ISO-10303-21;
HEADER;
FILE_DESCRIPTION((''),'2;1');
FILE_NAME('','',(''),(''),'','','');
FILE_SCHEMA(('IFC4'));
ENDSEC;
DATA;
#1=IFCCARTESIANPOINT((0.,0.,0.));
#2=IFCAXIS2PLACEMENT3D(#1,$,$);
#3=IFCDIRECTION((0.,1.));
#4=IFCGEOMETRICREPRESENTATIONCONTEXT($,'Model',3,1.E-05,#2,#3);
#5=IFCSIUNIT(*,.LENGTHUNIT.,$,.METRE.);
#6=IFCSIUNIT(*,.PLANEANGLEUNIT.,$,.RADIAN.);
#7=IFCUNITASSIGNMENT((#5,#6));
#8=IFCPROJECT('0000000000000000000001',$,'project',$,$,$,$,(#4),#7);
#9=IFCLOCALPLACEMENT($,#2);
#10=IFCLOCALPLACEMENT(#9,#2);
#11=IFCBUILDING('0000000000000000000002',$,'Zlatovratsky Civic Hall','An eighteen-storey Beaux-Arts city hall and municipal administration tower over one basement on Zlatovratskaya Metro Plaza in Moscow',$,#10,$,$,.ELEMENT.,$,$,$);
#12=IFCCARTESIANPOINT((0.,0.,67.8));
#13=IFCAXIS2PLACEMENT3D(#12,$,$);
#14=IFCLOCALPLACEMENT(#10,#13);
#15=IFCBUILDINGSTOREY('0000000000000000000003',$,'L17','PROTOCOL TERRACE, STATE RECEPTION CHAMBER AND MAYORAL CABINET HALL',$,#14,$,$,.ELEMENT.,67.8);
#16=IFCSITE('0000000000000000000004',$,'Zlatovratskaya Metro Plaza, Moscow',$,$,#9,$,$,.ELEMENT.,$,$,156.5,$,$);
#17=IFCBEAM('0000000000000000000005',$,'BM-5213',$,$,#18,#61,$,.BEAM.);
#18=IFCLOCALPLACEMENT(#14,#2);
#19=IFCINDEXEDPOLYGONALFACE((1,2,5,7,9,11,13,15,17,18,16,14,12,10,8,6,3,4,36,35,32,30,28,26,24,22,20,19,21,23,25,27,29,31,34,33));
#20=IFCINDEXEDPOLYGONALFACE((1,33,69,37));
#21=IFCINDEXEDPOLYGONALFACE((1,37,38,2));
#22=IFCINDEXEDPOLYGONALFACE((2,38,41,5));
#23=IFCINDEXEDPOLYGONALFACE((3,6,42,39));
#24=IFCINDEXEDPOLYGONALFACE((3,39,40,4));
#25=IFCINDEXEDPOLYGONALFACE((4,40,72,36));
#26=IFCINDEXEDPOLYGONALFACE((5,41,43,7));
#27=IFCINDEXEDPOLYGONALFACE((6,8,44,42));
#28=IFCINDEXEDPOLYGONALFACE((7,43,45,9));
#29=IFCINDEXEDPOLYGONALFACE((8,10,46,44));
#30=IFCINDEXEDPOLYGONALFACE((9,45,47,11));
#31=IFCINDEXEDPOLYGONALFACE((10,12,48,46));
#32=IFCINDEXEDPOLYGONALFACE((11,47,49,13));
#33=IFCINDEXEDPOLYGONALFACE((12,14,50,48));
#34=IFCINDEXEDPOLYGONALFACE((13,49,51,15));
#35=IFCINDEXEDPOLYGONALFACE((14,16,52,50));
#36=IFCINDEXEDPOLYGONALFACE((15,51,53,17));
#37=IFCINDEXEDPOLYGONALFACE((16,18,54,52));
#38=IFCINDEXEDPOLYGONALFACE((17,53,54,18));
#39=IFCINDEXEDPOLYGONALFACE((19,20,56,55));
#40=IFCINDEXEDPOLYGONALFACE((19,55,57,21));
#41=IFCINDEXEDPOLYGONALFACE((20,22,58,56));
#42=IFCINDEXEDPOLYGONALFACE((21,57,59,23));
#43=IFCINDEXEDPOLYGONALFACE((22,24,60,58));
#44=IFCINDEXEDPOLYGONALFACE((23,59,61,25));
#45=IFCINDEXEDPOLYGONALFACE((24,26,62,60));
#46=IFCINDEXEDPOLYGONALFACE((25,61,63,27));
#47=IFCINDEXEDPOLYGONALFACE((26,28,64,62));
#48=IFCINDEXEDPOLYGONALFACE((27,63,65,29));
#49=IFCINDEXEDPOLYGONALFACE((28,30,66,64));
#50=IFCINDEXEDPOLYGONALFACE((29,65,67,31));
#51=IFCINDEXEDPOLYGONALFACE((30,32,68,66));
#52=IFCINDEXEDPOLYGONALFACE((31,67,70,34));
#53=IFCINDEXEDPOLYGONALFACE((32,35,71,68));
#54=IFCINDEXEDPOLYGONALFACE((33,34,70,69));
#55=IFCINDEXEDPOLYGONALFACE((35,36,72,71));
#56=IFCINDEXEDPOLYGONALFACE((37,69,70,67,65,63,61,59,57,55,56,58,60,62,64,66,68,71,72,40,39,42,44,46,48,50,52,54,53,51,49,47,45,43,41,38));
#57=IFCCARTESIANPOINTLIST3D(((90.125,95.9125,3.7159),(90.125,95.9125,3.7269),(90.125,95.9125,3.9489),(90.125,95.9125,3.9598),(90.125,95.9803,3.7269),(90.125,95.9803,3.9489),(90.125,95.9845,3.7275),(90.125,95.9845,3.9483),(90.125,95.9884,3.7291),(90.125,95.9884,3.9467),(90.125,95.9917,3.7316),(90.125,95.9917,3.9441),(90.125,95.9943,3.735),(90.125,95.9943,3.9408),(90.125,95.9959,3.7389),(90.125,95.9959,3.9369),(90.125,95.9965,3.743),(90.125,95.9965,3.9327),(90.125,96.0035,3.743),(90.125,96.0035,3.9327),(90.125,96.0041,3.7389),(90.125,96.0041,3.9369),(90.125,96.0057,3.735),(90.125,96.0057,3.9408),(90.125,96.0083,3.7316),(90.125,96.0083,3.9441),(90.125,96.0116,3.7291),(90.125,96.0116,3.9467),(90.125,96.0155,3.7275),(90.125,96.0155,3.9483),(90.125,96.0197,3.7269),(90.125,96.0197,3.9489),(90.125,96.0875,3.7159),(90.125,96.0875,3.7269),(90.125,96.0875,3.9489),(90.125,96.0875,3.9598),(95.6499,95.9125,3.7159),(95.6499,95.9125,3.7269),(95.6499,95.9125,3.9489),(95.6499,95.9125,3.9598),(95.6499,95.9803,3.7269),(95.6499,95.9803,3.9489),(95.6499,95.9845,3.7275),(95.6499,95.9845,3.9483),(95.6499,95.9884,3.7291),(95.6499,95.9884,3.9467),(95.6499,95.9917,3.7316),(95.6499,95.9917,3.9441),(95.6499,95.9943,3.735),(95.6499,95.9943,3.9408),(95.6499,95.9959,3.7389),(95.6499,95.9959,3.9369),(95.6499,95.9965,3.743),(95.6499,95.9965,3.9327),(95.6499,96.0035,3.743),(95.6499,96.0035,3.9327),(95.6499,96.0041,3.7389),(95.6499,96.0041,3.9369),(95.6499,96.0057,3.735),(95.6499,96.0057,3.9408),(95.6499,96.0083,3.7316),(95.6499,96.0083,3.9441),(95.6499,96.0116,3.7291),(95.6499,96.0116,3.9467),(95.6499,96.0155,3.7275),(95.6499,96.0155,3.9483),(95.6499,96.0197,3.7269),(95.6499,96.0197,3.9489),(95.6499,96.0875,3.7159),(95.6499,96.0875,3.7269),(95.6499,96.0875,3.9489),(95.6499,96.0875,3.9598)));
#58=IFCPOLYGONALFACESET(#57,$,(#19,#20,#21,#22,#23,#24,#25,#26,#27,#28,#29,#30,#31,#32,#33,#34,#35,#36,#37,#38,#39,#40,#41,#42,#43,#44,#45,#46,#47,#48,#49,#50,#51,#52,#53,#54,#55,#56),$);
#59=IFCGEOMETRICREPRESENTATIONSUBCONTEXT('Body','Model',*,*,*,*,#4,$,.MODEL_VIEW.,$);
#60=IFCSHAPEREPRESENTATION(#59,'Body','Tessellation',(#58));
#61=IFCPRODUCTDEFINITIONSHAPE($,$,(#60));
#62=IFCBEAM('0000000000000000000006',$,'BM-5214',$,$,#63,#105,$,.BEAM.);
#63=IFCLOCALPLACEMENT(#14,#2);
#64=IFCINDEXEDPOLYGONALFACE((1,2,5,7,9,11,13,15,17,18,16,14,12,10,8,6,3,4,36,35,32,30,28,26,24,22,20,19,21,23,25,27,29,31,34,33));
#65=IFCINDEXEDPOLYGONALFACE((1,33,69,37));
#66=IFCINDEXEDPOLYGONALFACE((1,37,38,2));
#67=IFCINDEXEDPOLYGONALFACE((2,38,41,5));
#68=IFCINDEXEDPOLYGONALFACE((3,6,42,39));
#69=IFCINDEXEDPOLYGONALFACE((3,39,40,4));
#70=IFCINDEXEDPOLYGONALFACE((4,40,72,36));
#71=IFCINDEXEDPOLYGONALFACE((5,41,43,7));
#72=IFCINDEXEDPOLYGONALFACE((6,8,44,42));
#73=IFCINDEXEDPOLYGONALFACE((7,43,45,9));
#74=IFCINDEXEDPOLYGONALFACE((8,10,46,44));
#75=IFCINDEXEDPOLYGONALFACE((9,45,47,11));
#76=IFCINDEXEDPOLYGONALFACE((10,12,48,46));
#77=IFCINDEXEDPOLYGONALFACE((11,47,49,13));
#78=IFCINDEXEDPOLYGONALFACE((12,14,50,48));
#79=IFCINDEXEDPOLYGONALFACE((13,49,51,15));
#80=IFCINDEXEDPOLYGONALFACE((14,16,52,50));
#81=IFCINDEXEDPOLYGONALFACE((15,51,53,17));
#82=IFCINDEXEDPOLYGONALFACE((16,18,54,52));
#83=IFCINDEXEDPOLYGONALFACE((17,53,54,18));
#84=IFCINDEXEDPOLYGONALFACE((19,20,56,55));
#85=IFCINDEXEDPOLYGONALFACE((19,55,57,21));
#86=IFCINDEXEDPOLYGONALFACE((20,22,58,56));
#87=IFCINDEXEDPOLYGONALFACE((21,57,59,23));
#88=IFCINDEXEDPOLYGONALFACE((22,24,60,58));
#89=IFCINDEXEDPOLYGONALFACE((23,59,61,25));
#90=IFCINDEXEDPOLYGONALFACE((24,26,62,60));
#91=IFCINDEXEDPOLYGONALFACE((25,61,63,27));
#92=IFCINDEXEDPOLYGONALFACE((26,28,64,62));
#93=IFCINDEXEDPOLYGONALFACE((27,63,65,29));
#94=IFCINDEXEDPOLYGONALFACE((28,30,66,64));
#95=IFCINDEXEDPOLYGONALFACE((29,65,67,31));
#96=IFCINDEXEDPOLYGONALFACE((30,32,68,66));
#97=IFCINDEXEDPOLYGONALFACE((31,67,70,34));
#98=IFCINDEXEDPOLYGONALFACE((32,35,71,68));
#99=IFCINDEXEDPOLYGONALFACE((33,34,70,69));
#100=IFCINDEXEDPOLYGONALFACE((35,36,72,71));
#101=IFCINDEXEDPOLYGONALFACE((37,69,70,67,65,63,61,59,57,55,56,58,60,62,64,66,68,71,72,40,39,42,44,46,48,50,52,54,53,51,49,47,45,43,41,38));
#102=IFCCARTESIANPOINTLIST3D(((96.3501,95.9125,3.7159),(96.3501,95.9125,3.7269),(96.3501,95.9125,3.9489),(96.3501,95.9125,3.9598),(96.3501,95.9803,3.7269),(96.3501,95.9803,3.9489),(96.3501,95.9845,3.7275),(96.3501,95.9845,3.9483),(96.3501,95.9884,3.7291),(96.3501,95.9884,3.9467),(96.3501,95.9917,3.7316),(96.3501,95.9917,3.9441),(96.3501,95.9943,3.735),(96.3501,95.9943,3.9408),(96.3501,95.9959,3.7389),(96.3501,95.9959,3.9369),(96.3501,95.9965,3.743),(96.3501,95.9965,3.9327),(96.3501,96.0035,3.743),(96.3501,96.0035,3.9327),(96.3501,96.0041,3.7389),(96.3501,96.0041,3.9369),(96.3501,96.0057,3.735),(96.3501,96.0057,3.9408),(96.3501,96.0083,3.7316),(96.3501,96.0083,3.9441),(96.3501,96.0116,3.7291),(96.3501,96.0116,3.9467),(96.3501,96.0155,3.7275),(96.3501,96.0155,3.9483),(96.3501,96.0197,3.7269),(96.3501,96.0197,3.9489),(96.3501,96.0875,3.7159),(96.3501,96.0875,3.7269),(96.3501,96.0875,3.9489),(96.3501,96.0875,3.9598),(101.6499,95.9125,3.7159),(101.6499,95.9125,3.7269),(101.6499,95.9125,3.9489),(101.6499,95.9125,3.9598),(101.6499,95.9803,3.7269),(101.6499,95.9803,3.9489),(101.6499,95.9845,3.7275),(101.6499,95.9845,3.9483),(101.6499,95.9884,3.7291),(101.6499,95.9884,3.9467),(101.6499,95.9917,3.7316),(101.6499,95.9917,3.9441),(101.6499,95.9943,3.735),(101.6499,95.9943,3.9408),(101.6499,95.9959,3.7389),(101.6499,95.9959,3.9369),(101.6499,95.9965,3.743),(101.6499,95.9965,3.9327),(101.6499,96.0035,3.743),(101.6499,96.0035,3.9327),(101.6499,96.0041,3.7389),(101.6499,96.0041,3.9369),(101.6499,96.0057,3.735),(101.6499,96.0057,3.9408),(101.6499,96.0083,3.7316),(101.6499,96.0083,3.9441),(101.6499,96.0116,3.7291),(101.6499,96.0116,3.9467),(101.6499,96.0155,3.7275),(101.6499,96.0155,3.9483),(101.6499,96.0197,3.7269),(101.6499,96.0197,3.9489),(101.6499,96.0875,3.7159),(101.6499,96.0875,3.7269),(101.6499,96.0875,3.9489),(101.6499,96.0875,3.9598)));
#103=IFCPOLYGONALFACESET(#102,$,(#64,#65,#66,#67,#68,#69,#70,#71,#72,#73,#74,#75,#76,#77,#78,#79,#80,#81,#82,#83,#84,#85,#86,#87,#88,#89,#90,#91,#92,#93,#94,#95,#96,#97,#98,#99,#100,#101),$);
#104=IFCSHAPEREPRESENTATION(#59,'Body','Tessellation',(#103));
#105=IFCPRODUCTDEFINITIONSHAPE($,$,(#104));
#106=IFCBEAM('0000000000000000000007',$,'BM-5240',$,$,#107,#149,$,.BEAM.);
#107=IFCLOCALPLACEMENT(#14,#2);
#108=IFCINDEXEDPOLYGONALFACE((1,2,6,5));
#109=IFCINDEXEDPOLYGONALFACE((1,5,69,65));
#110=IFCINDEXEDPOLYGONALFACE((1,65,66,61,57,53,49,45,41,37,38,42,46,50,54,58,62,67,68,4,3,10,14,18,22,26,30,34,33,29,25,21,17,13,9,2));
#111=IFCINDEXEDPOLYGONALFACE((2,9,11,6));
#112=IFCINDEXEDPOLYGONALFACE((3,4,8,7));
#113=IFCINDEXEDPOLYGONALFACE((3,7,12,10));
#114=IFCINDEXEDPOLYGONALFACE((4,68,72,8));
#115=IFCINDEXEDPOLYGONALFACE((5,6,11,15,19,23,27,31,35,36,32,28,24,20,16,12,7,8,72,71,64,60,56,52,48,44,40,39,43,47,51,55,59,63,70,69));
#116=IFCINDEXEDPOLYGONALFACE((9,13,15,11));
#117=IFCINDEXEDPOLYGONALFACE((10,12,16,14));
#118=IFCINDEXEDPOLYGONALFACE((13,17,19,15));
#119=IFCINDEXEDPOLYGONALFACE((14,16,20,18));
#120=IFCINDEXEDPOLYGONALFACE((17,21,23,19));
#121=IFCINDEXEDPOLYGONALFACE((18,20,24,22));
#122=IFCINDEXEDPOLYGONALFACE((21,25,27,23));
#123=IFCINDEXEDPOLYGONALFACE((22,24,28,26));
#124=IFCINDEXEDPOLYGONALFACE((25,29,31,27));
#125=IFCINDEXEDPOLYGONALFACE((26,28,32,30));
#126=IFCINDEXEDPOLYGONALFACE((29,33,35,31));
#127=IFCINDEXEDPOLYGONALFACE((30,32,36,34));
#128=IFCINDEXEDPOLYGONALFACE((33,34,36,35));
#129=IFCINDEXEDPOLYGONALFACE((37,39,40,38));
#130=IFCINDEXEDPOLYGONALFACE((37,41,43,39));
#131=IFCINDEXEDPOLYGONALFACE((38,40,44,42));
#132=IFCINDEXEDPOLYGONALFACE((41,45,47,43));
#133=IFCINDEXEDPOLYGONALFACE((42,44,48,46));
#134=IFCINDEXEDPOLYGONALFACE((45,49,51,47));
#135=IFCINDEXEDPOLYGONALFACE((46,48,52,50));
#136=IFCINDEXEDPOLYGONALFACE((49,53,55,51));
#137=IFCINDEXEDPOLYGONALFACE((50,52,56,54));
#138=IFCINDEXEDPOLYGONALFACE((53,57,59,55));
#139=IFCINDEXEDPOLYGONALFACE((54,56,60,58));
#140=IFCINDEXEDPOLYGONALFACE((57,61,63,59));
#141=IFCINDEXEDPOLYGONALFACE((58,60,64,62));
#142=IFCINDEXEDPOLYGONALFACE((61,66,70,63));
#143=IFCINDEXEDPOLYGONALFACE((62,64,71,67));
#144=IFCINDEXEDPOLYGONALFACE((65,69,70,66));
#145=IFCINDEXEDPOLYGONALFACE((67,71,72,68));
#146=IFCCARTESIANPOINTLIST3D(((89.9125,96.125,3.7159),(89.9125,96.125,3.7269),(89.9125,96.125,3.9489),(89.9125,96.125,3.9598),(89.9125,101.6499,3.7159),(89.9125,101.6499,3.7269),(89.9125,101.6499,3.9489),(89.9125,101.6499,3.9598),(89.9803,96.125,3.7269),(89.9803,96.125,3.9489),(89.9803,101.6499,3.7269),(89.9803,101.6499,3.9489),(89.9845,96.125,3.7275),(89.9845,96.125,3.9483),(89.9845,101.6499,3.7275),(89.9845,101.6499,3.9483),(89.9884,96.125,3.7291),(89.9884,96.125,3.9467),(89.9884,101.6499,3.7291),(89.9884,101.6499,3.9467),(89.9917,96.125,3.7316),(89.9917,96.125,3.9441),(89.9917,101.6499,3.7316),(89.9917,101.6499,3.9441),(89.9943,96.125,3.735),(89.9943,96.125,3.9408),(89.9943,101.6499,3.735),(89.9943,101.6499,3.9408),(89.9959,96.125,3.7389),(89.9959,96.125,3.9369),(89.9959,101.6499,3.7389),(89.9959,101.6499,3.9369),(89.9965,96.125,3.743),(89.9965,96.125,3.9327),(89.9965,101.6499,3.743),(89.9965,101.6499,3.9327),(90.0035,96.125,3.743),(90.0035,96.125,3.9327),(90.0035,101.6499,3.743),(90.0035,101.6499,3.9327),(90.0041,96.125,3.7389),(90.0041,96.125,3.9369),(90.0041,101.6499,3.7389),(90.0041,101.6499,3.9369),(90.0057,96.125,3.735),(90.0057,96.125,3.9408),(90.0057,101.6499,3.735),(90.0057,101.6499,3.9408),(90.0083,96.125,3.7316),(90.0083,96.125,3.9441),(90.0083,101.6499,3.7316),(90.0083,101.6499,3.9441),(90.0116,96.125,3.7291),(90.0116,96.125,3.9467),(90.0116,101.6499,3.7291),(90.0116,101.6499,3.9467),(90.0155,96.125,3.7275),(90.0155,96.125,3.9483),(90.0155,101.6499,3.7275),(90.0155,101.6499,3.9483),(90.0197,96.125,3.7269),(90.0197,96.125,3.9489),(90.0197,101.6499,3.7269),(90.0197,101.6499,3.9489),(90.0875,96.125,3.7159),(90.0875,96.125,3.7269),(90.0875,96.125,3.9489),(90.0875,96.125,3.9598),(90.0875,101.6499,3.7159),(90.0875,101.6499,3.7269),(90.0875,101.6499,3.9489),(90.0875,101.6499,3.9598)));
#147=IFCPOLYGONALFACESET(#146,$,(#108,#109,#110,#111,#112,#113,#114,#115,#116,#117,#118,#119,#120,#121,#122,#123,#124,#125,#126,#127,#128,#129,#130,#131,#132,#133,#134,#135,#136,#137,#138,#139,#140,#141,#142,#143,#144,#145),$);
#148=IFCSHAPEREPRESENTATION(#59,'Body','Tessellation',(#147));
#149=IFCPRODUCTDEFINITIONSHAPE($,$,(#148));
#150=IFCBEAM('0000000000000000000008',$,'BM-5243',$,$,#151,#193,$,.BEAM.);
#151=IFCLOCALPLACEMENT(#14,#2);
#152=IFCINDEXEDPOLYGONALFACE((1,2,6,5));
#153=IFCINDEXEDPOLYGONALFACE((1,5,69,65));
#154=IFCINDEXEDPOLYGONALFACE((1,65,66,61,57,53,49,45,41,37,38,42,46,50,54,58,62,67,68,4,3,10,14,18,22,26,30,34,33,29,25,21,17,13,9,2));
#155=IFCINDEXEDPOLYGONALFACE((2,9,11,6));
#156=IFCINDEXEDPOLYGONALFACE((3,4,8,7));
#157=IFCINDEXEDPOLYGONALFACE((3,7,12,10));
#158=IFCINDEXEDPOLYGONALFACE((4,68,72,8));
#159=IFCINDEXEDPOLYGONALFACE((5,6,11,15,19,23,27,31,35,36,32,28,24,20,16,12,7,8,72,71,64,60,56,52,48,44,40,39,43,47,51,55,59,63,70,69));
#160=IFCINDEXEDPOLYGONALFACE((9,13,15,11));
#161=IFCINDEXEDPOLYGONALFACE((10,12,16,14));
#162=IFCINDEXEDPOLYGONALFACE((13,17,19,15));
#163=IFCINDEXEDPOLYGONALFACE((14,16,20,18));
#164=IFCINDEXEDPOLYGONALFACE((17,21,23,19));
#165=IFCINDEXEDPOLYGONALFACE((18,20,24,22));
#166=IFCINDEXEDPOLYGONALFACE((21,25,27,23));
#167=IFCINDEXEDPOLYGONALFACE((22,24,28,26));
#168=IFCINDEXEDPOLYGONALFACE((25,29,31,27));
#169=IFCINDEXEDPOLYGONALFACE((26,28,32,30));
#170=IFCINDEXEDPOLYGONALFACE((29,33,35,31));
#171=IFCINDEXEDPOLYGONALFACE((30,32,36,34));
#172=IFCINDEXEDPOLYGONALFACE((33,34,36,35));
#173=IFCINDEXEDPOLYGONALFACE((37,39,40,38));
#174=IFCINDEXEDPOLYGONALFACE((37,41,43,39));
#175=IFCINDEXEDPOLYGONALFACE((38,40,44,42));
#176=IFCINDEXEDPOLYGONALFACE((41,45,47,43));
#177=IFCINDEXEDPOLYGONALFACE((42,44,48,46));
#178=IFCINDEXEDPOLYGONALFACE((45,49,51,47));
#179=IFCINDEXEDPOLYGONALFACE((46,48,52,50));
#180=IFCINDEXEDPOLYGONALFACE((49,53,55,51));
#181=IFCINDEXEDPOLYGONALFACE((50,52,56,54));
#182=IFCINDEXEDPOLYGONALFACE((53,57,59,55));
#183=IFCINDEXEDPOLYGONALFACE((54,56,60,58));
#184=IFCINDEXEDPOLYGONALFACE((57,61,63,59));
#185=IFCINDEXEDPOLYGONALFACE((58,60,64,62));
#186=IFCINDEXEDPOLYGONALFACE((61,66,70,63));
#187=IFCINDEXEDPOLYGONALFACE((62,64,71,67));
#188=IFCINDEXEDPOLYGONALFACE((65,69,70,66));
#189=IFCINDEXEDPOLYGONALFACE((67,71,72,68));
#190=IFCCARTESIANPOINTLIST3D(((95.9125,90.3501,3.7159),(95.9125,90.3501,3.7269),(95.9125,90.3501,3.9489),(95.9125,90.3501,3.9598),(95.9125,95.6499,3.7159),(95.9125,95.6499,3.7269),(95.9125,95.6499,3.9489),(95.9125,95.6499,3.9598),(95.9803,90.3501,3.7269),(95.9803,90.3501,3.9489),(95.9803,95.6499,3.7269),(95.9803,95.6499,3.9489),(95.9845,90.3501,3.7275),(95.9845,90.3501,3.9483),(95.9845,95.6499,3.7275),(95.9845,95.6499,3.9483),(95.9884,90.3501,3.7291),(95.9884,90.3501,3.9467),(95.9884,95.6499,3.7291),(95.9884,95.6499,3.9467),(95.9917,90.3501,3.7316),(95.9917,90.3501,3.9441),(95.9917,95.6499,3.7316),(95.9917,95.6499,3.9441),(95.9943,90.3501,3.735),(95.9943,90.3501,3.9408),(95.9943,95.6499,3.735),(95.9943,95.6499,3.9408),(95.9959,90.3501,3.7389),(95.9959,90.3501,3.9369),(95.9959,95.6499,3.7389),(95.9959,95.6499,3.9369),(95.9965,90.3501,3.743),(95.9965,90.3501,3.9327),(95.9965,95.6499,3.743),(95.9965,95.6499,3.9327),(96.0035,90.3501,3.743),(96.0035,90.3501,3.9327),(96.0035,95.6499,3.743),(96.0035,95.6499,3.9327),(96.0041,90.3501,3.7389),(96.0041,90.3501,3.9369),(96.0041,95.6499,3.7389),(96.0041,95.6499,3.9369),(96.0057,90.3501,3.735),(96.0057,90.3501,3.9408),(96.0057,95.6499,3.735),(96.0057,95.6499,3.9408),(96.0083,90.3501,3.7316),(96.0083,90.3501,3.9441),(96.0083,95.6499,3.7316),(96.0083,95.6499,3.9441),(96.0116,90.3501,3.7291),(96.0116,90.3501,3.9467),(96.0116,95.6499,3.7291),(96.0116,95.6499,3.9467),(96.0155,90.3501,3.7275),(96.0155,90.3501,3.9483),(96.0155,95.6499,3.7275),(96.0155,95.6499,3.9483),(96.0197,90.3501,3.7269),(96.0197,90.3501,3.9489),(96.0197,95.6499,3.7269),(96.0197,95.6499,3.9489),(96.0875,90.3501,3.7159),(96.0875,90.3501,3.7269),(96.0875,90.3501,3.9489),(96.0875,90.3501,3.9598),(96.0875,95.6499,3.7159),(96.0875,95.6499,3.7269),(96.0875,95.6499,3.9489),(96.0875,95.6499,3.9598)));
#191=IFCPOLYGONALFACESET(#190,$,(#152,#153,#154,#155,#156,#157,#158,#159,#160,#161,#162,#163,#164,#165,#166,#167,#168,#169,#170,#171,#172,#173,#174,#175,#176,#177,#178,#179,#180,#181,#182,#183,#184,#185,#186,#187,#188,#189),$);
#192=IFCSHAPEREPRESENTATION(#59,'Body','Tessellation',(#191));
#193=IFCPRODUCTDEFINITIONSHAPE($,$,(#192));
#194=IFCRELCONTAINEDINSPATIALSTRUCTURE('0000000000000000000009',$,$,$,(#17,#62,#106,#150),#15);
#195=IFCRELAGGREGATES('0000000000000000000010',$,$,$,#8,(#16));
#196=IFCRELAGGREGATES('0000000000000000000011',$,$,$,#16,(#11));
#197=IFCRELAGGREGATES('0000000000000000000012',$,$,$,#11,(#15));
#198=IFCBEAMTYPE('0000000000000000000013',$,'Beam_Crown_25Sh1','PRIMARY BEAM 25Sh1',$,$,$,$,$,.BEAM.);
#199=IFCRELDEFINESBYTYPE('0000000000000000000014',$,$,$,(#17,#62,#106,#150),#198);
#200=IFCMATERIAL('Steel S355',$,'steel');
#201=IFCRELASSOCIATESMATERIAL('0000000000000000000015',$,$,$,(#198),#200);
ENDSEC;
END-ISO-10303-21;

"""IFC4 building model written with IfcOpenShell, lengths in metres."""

from ifc_helpers import new_model, si_unit, direction, frame, origin, origin_2d, place, context, subcontext, project, spatial, i_section, extrude, material, material_profile, profile_set, type_object, element, save


model = new_model("IFC4")

# Units and contexts
model_context = context("Model", 3, precision=1e-05, world=origin(), true_north=direction((0.0, 1.0)))
body_context = subcontext(model_context, "Body", "Model", "MODEL_VIEW")
ifc_project = project(units=[si_unit("LENGTHUNIT", "METRE"), si_unit("PLANEANGLEUNIT", "RADIAN")], contexts=[model_context])

# Site, building, storey
site_placement = place(None, origin())
site = spatial("IfcSite", under=ifc_project, at=site_placement, Name="Zlatovratskaya Metro Plaza, Moscow", CompositionType="ELEMENT", RefElevation=156.5)
building_placement = place(site_placement, origin())
building = spatial("IfcBuilding", under=site, at=building_placement, Name="Zlatovratsky Civic Hall", Description="An eighteen-storey Beaux-Arts city hall and municipal administration tower over one basement on Zlatovratskaya Metro Plaza in Moscow", CompositionType="ELEMENT")
storey_placement = place(building_placement, frame((0.0, 0.0, 67.8)))
storey = spatial("IfcBuildingStorey", under=building, at=storey_placement, Name="L17", Description="PROTOCOL TERRACE, STATE RECEPTION CHAMBER AND MAYORAL CABINET HALL", CompositionType="ELEMENT", Elevation=67.8)

# Shared definitions
ifc_material_1 = material(Name="Steel S355", Category="steel")

# Beams
ifc_material_profile_1 = material_profile(ifc_material_1, i_section(OverallWidth=0.175, OverallDepth=0.2439, WebThickness=0.0071, FlangeThickness=0.011, FilletRadius=0.0161, at=origin_2d()), Name="25Sh1")
ifc_profile_set_1 = profile_set([ifc_material_profile_1], Name="Steel S355")
beam_type_1 = type_object("IfcBeamType", Name="Beam_Crown_25Sh1", Description="PRIMARY BEAM 25Sh1", PredefinedType="BEAM", material=ifc_profile_set_1)
beam_1_placement = place(storey_placement, frame((90.125, 96.0, 3.8379), z_axis=(1.0, 0.0, 0.0), x_axis=(0.0, 1.0, 0.0)))
element("IfcBeam", 1, at=beam_1_placement, inside=storey, type_object=beam_type_1, Name="BM-5213", PredefinedType="BEAM", context=body_context, shape_type="SweptSolid", body=[
    extrude(i_section(OverallWidth=0.175, OverallDepth=0.2439, WebThickness=0.0071, FlangeThickness=0.011, FilletRadius=0.0161, at=origin_2d()), origin(), (0.0, 0.0, 1.0), 5.5249),
])
beam_2_placement = place(storey_placement, frame((96.3501, 96.0, 3.8379), z_axis=(1.0, 0.0, 0.0), x_axis=(0.0, 1.0, 0.0)))
element("IfcBeam", 2, at=beam_2_placement, inside=storey, type_object=beam_type_1, Name="BM-5214", PredefinedType="BEAM", context=body_context, shape_type="SweptSolid", body=[
    extrude(i_section(OverallWidth=0.175, OverallDepth=0.2439, WebThickness=0.0071, FlangeThickness=0.011, FilletRadius=0.0161, at=origin_2d()), origin(), (0.0, 0.0, 1.0), 5.2998),
])
beam_3_placement = place(storey_placement, frame((90.0, 96.125, 3.8379), z_axis=(0.0, 1.0, 0.0), x_axis=(-1.0, 0.0, 0.0)))
element("IfcBeam", 3, at=beam_3_placement, inside=storey, type_object=beam_type_1, Name="BM-5240", PredefinedType="BEAM", context=body_context, shape_type="SweptSolid", body=[
    extrude(i_section(OverallWidth=0.175, OverallDepth=0.2439, WebThickness=0.0071, FlangeThickness=0.011, FilletRadius=0.0161, at=origin_2d()), origin(), (0.0, 0.0, 1.0), 5.5249),
])
for number, where, z_axis, x_axis, name in (
    (4, (96.0, 90.3501, 3.8379), (0.0, 1.0, 0.0), (-1.0, 0.0, 0.0), "BM-5243"),
):
    element("IfcBeam", number, at=place(storey_placement, frame(where, z_axis=z_axis, x_axis=x_axis)), inside=storey, type_object=beam_type_1, Name=name, PredefinedType="BEAM", context=body_context, shape_type="SweptSolid", body=[
        extrude(i_section(OverallWidth=0.175, OverallDepth=0.2439, WebThickness=0.0071, FlangeThickness=0.011, FilletRadius=0.0161, at=origin_2d()), origin(), (0.0, 0.0, 1.0), 5.2998),
    ])

save(model, "model.ifc")
